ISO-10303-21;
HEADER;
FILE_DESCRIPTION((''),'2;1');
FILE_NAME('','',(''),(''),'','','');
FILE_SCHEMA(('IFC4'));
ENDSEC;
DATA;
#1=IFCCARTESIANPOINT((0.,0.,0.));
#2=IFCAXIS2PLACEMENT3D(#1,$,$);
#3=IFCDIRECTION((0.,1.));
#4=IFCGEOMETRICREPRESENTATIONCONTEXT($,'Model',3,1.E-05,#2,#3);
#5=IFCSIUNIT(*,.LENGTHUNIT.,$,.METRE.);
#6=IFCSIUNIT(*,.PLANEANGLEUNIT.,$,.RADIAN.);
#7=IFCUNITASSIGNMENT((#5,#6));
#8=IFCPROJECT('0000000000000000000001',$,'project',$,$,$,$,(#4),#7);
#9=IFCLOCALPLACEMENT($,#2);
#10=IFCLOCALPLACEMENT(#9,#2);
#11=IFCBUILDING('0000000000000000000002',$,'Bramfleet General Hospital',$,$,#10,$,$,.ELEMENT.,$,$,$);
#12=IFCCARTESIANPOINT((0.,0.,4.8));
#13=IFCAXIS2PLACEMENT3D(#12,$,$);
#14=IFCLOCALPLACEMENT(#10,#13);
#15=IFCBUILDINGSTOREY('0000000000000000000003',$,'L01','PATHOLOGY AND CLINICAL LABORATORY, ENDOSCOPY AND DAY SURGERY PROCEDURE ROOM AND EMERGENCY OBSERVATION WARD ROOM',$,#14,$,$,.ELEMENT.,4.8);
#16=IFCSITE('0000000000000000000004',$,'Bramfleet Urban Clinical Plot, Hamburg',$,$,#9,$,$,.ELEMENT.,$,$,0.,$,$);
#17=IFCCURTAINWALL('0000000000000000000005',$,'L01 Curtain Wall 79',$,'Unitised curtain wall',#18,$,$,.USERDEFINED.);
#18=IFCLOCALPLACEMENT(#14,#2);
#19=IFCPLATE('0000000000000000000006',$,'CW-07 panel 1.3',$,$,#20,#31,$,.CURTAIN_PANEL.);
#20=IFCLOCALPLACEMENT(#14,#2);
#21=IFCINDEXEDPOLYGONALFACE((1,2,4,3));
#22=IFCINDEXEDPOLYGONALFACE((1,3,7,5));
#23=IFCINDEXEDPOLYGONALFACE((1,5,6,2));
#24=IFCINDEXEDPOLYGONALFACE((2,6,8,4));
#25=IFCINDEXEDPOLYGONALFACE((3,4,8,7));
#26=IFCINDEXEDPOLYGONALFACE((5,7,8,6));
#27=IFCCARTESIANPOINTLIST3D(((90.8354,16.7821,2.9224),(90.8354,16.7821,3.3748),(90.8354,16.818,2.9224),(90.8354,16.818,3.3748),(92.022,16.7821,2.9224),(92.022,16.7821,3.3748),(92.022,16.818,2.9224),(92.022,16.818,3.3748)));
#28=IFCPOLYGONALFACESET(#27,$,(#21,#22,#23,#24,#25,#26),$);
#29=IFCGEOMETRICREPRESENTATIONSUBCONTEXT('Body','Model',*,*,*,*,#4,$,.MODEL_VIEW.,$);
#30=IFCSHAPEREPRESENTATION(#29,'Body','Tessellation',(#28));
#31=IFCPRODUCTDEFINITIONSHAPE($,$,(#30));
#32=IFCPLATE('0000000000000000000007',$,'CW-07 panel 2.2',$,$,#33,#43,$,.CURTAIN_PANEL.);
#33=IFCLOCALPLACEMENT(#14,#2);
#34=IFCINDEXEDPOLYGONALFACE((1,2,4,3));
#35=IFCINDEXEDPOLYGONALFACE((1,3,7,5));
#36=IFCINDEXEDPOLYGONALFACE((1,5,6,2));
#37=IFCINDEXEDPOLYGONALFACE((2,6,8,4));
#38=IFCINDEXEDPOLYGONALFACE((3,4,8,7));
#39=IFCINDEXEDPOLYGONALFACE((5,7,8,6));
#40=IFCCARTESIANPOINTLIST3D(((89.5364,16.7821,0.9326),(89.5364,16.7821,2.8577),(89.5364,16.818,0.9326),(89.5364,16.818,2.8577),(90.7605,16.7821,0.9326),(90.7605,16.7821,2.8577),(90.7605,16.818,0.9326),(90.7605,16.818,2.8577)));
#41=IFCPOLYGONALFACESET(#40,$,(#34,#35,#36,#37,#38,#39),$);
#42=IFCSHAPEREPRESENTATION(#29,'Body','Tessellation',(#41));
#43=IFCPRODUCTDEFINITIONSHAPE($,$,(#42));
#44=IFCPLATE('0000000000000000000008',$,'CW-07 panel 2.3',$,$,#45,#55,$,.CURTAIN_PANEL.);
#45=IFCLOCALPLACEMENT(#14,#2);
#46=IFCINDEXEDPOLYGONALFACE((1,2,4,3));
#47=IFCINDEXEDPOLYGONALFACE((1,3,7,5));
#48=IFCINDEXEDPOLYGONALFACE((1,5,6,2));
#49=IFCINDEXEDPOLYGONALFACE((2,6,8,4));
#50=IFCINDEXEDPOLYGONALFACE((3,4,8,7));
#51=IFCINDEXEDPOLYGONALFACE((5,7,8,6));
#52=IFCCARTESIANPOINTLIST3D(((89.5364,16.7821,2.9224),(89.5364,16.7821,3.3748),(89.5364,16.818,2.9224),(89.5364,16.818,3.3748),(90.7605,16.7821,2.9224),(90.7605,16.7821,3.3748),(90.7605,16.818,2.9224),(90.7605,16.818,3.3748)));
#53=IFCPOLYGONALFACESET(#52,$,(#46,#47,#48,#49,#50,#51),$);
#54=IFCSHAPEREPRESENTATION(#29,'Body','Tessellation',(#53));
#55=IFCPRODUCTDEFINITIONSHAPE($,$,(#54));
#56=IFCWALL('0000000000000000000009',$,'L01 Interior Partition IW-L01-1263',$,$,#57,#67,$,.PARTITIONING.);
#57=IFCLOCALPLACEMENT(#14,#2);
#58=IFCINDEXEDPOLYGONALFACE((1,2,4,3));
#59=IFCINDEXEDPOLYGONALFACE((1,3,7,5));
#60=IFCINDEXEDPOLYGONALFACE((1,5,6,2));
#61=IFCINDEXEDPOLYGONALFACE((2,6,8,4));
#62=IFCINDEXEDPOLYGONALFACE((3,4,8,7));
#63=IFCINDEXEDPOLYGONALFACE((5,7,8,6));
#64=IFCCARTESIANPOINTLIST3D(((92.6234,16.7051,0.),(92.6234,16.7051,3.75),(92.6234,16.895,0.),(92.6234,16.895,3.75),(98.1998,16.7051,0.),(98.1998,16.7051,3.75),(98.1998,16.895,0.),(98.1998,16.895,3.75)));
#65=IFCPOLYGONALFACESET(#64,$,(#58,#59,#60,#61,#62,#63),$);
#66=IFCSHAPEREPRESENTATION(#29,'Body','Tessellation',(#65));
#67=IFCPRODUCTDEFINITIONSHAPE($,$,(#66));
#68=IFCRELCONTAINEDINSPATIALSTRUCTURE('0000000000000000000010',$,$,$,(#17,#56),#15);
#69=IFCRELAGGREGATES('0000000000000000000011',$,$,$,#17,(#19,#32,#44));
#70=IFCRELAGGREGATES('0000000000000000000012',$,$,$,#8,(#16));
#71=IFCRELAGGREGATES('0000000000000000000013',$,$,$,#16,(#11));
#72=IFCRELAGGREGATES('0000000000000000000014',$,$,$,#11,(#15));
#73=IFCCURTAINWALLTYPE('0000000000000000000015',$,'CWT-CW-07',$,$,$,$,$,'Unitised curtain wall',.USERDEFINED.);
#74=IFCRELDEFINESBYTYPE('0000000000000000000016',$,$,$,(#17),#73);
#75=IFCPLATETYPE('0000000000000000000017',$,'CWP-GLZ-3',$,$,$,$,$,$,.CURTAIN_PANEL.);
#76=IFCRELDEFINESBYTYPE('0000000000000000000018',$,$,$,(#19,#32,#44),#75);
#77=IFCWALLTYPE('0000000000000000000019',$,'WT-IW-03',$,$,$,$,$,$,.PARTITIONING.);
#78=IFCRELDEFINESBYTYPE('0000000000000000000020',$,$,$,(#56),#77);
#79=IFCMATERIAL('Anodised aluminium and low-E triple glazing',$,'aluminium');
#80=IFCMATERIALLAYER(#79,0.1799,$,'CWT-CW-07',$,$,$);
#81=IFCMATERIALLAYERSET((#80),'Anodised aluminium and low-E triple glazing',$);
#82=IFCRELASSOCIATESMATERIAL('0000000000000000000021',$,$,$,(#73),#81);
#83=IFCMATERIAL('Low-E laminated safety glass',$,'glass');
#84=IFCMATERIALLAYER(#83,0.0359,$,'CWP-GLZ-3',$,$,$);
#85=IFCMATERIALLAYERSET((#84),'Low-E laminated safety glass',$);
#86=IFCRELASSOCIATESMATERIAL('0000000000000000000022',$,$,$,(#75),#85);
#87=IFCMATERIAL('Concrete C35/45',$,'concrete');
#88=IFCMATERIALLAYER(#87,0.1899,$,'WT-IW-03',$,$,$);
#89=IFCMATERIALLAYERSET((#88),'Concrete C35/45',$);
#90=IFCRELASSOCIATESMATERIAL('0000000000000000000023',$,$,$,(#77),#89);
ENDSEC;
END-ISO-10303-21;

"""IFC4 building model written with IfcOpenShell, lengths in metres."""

from ifc_helpers import new_model, si_unit, direction, frame, frame_2d, origin, origin_2d, place, context, subcontext, project, spatial, rectangle, extrude, material, layer, layer_set, type_object, element, aggregate, save


model = new_model("IFC4")

# Units and contexts
model_context = context("Model", 3, precision=1e-05, world=origin(), true_north=direction((0.0, 1.0)))
body_context = subcontext(model_context, "Body", "Model", "MODEL_VIEW")
ifc_project = project(units=[si_unit("LENGTHUNIT", "METRE"), si_unit("PLANEANGLEUNIT", "RADIAN")], contexts=[model_context])

# Site, building, storey
site_placement = place(None, origin())
site = spatial("IfcSite", under=ifc_project, at=site_placement, Name="Bramfleet Urban Clinical Plot, Hamburg", CompositionType="ELEMENT", RefElevation=0.0)
building_placement = place(site_placement, origin())
building = spatial("IfcBuilding", under=site, at=building_placement, Name="Bramfleet General Hospital", CompositionType="ELEMENT")
storey_placement = place(building_placement, frame((0.0, 0.0, 4.8)))
storey = spatial("IfcBuildingStorey", under=building, at=storey_placement, Name="L01", Description="PATHOLOGY AND CLINICAL LABORATORY, ENDOSCOPY AND DAY SURGERY PROCEDURE ROOM AND EMERGENCY OBSERVATION WARD ROOM", CompositionType="ELEMENT", Elevation=4.8)

# Shared definitions
ifc_material_1 = material(Name="Concrete C35/45", Category="concrete")

# Curtain wall, plates
ifc_material_2 = material(Name="Anodised aluminium and low-E triple glazing", Category="aluminium")
ifc_layer_1 = layer(ifc_material_2, 0.1799, Name="CWT-CW-07")
ifc_layer_set_1 = layer_set([ifc_layer_1], Name="Anodised aluminium and low-E triple glazing")
curtain_wall_type = type_object("IfcCurtainWallType", Name="CWT-CW-07", ElementType="Unitised curtain wall", PredefinedType="USERDEFINED", material=ifc_layer_set_1)
curtain_wall_placement = place(storey_placement, origin())
curtain_wall = element("IfcCurtainWall", 1, at=curtain_wall_placement, inside=storey, type_object=curtain_wall_type, Name="L01 Curtain Wall 79", ObjectType="Unitised curtain wall", PredefinedType="USERDEFINED")
ifc_material_3 = material(Name="Low-E laminated safety glass", Category="glass")
ifc_layer_2 = layer(ifc_material_3, 0.0359, Name="CWP-GLZ-3")
ifc_layer_set_2 = layer_set([ifc_layer_2], Name="Low-E laminated safety glass")
plate_type = type_object("IfcPlateType", Name="CWP-GLZ-3", PredefinedType="CURTAIN_PANEL", material=ifc_layer_set_2)
plate_1_placement = place(storey_placement, frame((91.4287, 16.8, 2.9224), z_axis=(0.0, 0.0, 1.0), x_axis=(-1.0, 0.0, 0.0)))
plate_1 = element("IfcPlate", 2, at=plate_1_placement, type_object=plate_type, Name="CW-07 panel 1.3", PredefinedType="CURTAIN_PANEL", context=body_context, shape_type="SweptSolid", body=[
    extrude(rectangle(XDim=1.1865, YDim=0.0359, at=origin_2d()), origin(), (0.0, 0.0, 1.0), 0.4524),
])
plate_2_placement = place(storey_placement, frame((90.1484, 16.8, 0.9326), z_axis=(0.0, 0.0, 1.0), x_axis=(-1.0, 0.0, 0.0)))
plate_2 = element("IfcPlate", 3, at=plate_2_placement, type_object=plate_type, Name="CW-07 panel 2.2", PredefinedType="CURTAIN_PANEL", context=body_context, shape_type="SweptSolid", body=[
    extrude(rectangle(XDim=1.2241, YDim=0.0359, at=origin_2d()), origin(), (0.0, 0.0, 1.0), 1.925),
])
plate_3_placement = place(storey_placement, frame((90.1484, 16.8, 2.9224), z_axis=(0.0, 0.0, 1.0), x_axis=(-1.0, 0.0, 0.0)))
plate_3 = element("IfcPlate", 4, at=plate_3_placement, type_object=plate_type, Name="CW-07 panel 2.3", PredefinedType="CURTAIN_PANEL", context=body_context, shape_type="SweptSolid", body=[
    extrude(rectangle(XDim=1.2241, YDim=0.0359, at=origin_2d()), origin(), (0.0, 0.0, 1.0), 0.4524),
])
aggregate(curtain_wall, [plate_1, plate_2, plate_3])

# Wall
ifc_layer_3 = layer(ifc_material_1, 0.1899, Name="WT-IW-03")
ifc_layer_set_3 = layer_set([ifc_layer_3], Name="Concrete C35/45")
wall_type = type_object("IfcWallType", Name="WT-IW-03", PredefinedType="PARTITIONING", material=ifc_layer_set_3)
wall_placement = place(storey_placement, frame((92.6235, 16.8, 0.0), z_axis=(0.0, 0.0, 1.0), x_axis=(1.0, 0.0, 0.0)))
element("IfcWall", 5, at=wall_placement, inside=storey, type_object=wall_type, Name="L01 Interior Partition IW-L01-1263", PredefinedType="PARTITIONING", context=body_context, shape_type="SweptSolid", body=[
    extrude(rectangle(XDim=5.5764, YDim=0.1899, at=frame_2d((2.7881, 0.0))), origin(), (0.0, 0.0, 1.0), 3.75),
])

save(model, "model.ifc")
